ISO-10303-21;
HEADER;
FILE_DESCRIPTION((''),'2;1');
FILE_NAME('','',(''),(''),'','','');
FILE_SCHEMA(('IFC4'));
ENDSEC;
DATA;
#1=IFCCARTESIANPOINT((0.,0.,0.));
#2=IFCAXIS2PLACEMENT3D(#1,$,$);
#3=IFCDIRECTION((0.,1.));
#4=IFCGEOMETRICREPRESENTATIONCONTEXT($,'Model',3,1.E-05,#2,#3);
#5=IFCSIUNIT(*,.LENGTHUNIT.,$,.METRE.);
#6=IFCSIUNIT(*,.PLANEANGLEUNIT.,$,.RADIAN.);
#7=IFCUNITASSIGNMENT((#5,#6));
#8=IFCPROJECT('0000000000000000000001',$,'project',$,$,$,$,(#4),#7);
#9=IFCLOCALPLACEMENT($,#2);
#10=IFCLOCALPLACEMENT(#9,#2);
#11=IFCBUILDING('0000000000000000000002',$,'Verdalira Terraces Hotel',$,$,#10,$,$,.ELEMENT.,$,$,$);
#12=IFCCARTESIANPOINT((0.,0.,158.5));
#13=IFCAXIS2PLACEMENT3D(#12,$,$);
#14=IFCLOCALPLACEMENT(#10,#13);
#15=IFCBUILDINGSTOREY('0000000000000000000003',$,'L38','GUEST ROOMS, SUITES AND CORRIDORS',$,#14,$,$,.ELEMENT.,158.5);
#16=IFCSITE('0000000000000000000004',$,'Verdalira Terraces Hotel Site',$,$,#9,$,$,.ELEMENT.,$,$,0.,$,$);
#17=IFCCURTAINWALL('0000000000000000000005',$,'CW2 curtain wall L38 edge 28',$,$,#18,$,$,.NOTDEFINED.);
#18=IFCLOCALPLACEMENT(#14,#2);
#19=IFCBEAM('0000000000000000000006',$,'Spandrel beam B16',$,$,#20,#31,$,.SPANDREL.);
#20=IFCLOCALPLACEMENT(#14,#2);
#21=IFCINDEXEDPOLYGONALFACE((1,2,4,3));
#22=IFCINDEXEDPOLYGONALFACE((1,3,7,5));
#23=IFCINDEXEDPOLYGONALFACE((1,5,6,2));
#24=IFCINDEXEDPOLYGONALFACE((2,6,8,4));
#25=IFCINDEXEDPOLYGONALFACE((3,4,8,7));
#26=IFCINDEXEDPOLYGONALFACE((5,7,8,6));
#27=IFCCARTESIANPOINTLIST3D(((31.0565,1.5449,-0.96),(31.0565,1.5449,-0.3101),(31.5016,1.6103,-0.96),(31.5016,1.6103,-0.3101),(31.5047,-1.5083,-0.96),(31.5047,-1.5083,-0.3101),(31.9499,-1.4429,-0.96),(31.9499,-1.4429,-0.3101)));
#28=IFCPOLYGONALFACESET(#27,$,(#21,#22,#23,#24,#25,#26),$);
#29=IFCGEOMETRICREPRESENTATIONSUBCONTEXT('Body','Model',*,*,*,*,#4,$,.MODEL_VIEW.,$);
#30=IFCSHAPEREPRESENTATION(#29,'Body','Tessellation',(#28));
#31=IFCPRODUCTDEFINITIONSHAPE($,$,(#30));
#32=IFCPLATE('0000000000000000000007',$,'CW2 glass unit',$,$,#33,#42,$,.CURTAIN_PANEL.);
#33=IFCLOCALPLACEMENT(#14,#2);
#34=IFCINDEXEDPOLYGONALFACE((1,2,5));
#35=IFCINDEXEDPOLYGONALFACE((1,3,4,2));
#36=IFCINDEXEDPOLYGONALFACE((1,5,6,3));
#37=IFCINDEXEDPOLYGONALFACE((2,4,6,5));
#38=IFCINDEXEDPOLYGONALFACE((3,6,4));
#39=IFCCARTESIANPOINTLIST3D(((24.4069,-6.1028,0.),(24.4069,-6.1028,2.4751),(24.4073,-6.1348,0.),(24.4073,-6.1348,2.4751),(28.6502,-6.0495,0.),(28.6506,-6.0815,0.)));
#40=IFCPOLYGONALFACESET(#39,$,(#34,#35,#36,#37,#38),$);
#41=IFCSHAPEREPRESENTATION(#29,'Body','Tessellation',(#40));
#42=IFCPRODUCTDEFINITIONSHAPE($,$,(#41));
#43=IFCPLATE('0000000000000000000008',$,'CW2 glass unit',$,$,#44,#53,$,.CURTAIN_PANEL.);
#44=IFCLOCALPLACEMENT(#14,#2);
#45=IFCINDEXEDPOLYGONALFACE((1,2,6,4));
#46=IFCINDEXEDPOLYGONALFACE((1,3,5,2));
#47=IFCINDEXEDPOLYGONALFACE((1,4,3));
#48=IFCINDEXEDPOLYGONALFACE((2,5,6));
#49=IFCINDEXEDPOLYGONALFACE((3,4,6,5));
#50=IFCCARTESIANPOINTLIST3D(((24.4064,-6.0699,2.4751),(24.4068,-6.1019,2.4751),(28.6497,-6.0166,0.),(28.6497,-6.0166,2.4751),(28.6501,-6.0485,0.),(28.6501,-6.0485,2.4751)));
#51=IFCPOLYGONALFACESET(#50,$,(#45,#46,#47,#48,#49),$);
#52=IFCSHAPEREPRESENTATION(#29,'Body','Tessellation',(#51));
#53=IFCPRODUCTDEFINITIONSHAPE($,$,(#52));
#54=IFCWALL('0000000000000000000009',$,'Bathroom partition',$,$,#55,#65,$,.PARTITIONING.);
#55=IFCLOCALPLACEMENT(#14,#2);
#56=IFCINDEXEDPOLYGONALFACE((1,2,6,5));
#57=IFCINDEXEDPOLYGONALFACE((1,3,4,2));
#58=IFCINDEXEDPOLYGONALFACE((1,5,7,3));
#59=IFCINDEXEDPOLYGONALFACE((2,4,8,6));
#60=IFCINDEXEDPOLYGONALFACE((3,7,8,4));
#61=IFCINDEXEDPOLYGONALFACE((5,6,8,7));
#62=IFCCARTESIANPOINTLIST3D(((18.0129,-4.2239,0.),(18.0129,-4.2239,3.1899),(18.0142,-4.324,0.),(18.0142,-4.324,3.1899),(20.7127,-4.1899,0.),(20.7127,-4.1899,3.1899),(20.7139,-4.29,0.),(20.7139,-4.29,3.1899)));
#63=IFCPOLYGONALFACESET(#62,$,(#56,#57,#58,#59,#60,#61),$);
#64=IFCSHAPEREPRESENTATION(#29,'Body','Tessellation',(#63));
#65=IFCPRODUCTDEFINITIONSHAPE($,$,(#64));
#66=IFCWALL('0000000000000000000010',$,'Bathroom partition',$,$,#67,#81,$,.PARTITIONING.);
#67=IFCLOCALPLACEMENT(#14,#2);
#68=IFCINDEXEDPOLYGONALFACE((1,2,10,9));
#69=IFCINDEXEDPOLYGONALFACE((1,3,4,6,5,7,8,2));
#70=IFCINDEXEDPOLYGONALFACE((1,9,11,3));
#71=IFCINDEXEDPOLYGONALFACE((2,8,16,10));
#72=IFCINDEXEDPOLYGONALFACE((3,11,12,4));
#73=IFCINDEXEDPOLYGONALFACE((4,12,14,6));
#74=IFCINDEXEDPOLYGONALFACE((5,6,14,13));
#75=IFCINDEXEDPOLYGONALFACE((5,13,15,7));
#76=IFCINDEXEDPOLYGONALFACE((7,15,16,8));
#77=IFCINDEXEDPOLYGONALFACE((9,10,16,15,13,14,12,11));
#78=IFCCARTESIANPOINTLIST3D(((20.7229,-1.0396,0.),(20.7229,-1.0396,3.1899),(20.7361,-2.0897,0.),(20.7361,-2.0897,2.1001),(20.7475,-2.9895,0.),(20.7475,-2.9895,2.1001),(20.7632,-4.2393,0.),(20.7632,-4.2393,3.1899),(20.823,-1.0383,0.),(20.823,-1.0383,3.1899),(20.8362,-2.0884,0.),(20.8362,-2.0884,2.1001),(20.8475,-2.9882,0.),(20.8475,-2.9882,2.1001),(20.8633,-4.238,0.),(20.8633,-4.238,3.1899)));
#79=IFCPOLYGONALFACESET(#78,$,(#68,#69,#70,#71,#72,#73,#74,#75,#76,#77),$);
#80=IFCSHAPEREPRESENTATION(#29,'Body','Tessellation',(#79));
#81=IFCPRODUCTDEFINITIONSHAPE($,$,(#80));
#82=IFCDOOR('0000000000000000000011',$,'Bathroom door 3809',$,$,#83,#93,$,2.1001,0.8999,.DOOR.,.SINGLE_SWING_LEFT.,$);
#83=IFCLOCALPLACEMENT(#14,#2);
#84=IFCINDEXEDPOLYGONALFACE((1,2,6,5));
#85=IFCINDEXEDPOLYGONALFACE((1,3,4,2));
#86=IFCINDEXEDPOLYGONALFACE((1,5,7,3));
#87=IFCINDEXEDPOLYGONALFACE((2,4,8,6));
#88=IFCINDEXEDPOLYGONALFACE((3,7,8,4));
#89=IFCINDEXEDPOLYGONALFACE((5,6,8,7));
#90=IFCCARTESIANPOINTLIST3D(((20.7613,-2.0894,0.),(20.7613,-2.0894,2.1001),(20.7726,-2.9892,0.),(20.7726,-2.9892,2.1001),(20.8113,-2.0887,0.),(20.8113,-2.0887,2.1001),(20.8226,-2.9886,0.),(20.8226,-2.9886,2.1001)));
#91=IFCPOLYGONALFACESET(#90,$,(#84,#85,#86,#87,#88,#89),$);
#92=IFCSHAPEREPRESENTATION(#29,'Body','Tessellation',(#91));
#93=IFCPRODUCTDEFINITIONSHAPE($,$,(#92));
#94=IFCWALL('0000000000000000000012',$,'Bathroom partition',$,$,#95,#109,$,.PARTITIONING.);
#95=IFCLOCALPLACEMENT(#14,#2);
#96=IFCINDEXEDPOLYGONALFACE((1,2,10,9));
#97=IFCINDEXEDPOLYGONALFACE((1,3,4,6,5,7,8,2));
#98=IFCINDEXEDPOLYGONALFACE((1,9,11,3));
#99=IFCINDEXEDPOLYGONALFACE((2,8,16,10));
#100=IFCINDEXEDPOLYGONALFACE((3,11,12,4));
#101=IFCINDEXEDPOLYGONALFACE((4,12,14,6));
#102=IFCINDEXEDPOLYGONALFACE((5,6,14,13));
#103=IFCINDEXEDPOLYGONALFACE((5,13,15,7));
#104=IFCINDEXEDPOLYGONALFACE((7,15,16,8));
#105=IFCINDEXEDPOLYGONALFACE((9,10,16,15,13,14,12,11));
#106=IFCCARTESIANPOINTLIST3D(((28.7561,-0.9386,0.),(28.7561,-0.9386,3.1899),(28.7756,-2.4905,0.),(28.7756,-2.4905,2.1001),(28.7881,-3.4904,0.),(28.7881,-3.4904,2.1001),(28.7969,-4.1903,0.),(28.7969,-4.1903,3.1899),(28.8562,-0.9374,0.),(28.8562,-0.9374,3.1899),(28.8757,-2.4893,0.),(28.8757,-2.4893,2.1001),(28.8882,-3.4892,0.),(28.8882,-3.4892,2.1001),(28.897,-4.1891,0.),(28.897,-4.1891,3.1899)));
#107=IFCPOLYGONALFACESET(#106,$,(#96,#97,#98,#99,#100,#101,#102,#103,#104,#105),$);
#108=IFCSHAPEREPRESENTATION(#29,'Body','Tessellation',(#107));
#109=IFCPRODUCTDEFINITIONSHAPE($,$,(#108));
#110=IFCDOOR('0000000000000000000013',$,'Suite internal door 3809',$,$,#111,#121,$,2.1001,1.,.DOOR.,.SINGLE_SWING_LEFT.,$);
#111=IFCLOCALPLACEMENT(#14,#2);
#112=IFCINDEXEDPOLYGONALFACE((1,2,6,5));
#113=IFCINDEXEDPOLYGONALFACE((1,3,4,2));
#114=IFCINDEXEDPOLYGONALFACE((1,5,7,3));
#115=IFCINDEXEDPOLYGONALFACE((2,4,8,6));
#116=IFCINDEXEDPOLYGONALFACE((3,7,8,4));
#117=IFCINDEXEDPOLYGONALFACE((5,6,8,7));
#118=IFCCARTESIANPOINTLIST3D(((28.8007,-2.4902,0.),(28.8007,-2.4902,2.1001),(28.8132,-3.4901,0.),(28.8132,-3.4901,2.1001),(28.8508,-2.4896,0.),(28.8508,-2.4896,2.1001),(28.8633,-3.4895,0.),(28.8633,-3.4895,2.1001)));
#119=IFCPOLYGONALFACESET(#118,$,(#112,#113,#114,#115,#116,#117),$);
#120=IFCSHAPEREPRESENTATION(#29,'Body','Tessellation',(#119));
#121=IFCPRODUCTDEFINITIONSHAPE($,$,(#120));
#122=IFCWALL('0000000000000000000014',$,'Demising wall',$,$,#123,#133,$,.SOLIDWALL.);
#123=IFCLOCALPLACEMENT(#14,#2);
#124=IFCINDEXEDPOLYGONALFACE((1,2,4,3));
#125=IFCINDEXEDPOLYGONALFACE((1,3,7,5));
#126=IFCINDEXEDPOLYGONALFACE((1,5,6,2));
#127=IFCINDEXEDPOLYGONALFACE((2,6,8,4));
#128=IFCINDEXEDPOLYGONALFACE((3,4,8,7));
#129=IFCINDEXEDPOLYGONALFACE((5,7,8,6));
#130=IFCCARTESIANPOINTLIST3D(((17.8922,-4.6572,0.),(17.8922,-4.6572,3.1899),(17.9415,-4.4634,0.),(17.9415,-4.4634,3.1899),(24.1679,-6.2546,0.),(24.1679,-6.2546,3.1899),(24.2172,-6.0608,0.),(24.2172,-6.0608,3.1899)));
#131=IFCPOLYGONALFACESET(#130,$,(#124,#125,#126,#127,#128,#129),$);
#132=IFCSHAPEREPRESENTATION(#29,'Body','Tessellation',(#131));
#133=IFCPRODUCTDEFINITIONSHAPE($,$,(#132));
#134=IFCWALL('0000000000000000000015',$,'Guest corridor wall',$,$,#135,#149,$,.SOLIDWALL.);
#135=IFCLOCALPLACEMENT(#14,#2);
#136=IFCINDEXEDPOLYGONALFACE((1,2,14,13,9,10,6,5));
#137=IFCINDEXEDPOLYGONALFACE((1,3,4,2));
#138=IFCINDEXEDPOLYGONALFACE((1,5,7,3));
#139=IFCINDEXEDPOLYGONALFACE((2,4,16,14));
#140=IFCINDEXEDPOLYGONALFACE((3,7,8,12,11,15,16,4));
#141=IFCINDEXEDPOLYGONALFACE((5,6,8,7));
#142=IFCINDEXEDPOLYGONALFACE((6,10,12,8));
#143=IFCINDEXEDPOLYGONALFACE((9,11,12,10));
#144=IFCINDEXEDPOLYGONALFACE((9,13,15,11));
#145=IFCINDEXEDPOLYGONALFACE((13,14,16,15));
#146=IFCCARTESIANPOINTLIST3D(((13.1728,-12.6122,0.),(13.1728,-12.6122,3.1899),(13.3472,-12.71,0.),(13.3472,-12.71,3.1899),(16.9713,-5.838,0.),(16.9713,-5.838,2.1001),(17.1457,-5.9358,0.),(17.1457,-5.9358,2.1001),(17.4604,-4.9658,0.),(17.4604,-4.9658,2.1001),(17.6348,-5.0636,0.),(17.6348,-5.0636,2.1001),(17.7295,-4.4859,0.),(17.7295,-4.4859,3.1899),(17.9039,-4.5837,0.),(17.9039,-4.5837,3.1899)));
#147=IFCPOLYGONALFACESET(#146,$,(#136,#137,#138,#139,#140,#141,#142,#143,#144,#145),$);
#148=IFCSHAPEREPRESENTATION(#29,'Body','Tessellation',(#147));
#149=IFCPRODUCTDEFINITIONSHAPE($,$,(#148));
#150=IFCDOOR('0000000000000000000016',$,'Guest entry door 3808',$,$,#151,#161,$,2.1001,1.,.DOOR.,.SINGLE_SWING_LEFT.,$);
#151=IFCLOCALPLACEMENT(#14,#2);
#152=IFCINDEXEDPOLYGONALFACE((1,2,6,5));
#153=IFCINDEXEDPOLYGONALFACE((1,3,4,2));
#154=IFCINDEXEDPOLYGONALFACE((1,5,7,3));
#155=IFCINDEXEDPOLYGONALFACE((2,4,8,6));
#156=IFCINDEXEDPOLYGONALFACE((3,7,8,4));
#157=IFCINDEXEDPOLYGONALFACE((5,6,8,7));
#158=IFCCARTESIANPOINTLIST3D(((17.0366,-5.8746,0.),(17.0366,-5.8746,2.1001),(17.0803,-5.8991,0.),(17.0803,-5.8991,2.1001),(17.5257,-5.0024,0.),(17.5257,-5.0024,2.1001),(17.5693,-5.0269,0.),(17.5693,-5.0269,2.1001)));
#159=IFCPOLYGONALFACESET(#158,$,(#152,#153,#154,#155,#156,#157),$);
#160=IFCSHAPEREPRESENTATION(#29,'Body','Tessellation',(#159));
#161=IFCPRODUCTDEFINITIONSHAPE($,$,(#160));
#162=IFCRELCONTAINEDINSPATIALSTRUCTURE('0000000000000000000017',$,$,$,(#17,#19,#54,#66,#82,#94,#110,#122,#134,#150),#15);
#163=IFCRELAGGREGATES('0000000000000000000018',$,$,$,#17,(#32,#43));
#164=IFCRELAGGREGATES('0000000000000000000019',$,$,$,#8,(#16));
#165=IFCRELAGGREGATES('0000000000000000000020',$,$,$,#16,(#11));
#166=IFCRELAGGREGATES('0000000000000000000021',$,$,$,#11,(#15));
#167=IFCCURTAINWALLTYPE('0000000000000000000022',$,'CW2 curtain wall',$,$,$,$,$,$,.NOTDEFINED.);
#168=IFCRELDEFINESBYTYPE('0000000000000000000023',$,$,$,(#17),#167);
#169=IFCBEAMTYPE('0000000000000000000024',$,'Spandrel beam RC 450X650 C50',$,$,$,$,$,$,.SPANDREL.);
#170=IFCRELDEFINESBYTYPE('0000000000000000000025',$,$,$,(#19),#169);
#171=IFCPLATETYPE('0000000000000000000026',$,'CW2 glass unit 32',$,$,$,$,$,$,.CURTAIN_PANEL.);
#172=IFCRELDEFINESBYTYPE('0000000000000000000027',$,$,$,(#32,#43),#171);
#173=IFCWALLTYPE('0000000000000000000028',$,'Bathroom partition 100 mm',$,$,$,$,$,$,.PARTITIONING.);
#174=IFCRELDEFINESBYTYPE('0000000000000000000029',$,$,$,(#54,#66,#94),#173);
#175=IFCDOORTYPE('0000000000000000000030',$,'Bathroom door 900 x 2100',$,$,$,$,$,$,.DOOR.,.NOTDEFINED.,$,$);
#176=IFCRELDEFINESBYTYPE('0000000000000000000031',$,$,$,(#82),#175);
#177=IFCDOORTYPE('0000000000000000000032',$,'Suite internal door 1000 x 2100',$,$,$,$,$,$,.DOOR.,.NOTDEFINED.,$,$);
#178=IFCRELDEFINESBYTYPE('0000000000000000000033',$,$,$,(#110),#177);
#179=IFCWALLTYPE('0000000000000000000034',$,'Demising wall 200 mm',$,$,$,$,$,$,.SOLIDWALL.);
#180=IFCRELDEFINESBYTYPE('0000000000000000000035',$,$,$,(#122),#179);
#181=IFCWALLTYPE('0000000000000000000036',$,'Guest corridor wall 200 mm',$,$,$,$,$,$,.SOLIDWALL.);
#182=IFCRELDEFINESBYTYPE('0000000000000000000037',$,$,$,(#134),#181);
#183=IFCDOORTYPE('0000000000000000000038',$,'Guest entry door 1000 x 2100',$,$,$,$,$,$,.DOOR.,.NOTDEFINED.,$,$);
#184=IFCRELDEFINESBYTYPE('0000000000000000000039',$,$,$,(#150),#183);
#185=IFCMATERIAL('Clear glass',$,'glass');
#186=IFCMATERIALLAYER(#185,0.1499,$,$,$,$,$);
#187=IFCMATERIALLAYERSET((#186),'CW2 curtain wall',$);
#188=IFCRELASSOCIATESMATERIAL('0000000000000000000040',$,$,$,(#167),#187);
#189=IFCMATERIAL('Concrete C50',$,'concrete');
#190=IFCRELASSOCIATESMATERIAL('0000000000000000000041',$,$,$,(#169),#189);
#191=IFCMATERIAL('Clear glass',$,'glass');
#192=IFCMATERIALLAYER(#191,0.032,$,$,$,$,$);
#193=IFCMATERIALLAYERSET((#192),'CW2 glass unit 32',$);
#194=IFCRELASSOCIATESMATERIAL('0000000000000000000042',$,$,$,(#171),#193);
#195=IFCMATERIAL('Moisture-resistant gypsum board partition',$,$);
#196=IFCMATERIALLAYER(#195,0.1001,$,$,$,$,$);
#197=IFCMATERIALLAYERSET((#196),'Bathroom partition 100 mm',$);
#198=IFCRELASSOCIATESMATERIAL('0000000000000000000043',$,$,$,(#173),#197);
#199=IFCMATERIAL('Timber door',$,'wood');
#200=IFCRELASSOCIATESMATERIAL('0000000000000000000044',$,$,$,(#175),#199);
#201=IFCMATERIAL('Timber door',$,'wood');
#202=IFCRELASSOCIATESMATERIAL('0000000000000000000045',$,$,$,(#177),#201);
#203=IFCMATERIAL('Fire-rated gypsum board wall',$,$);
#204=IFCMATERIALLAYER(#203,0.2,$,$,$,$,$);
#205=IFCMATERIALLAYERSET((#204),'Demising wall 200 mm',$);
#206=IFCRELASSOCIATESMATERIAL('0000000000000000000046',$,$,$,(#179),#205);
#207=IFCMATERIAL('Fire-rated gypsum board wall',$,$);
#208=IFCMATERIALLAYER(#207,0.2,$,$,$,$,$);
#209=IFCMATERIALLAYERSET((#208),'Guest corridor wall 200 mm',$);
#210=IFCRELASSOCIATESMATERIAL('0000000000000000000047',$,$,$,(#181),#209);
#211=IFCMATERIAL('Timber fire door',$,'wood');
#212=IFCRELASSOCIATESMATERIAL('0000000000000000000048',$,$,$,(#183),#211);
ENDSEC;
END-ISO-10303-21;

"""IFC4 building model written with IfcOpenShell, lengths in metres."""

from ifc_helpers import new_model, si_unit, direction, frame, frame_2d, origin, origin_2d, place, context, subcontext, project, spatial, polyline, rectangle, outline, extrude, material, layer, layer_set, material_profile, profile_set, type_object, element, fill, aggregate, save


model = new_model("IFC4")

# Units and contexts
model_context = context("Model", 3, precision=1e-05, world=origin(), true_north=direction((0.0, 1.0)))
body_context = subcontext(model_context, "Body", "Model", "MODEL_VIEW")
ifc_project = project(units=[si_unit("LENGTHUNIT", "METRE"), si_unit("PLANEANGLEUNIT", "RADIAN")], contexts=[model_context])

# Site, building, storey
site_placement = place(None, origin())
site = spatial("IfcSite", under=ifc_project, at=site_placement, Name="Verdalira Terraces Hotel Site", CompositionType="ELEMENT", RefElevation=0.0)
building_placement = place(site_placement, origin())
building = spatial("IfcBuilding", under=site, at=building_placement, Name="Verdalira Terraces Hotel", CompositionType="ELEMENT")
storey_placement = place(building_placement, frame((0.0, 0.0, 158.5)))
storey = spatial("IfcBuildingStorey", under=building, at=storey_placement, Name="L38", Description="GUEST ROOMS, SUITES AND CORRIDORS", CompositionType="ELEMENT", Elevation=158.5)

# Curtain wall
ifc_material_1 = material(Name="Clear glass", Category="glass")
ifc_layer_1 = layer(ifc_material_1, 0.1499)
ifc_layer_set_1 = layer_set([ifc_layer_1], Name="CW2 curtain wall")
curtain_wall_type_1 = type_object("IfcCurtainWallType", Name="CW2 curtain wall", PredefinedType="NOTDEFINED", material=ifc_layer_set_1)
curtain_wall_1_placement = place(storey_placement, origin())
curtain_wall_1 = element("IfcCurtainWall", 1, at=curtain_wall_1_placement, inside=storey, type_object=curtain_wall_type_1, Name="CW2 curtain wall L38 edge 28", PredefinedType="NOTDEFINED")

# Beam
ifc_material_2 = material(Name="Concrete C50", Category="concrete")
ifc_material_profile_1 = material_profile(ifc_material_2, rectangle(XDim=0.45, YDim=0.6499, at=origin_2d()), Name="RC 450X650")
ifc_profile_set_1 = profile_set([ifc_material_profile_1], Name="Concrete C50")
beam_type_1 = type_object("IfcBeamType", Name="Spandrel beam RC 450X650 C50", PredefinedType="SPANDREL", material=ifc_profile_set_1)
beam_1_placement = place(storey_placement, frame((31.7273, -1.4756, -0.635), z_axis=(-0.145253, 0.989395, 0.0), x_axis=(-0.989395, -0.145253, 0.0)))
element("IfcBeam", 2, at=beam_1_placement, inside=storey, type_object=beam_type_1, Name="Spandrel beam B16", PredefinedType="SPANDREL", context=body_context, shape_type="SweptSolid", body=[
    extrude(rectangle(XDim=0.45, YDim=0.6499, at=origin_2d()), origin(), (0.0, 0.0, 1.0), 3.0859),
])

# Plates
ifc_material_3 = material(Name="Clear glass", Category="glass")
ifc_layer_2 = layer(ifc_material_3, 0.032)
ifc_layer_set_2 = layer_set([ifc_layer_2], Name="CW2 glass unit 32")
plate_type = type_object("IfcPlateType", Name="CW2 glass unit 32", PredefinedType="CURTAIN_PANEL", material=ifc_layer_set_2)
plate_1_placement = place(storey_placement, frame((26.5286, -6.0762, 1.2375), z_axis=(0.012566, -0.999921, 0.0), x_axis=(0.999921, 0.012566, 0.0)))
plate_1 = element("IfcPlate", 3, at=plate_1_placement, type_object=plate_type, Name="CW2 glass unit", PredefinedType="CURTAIN_PANEL", context=body_context, shape_type="SweptSolid", body=[
    extrude(outline(polyline([(-2.1218, -1.2375), (2.1218, -1.2375), (-2.1218, 1.2375), (-2.1218, -1.2375)])), origin(), (0.0, 0.0, 1.0), 0.032),
])
plate_2_placement = place(storey_placement, frame((26.5281, -6.0432, 1.2375), z_axis=(0.012566, -0.999921, 0.0), x_axis=(0.999921, 0.012566, 0.0)))
plate_2 = element("IfcPlate", 4, at=plate_2_placement, type_object=plate_type, Name="CW2 glass unit", PredefinedType="CURTAIN_PANEL", context=body_context, shape_type="SweptSolid", body=[
    extrude(outline(polyline([(2.1218, -1.2375), (2.1218, 1.2375), (-2.1218, 1.2375), (2.1218, -1.2375)])), origin(), (0.0, 0.0, 1.0), 0.032),
])
aggregate(curtain_wall_1, [plate_1, plate_2])

# Wall
ifc_material_4 = material(Name="Moisture-resistant gypsum board partition")
ifc_layer_3 = layer(ifc_material_4, 0.1001)
ifc_layer_set_3 = layer_set([ifc_layer_3], Name="Bathroom partition 100 mm")
wall_type_1 = type_object("IfcWallType", Name="Bathroom partition 100 mm", PredefinedType="PARTITIONING", material=ifc_layer_set_3)
wall_1_placement = place(storey_placement, frame((18.0134, -4.2739, 0.0), z_axis=(0.0, 0.0, 1.0), x_axis=(0.999921, 0.012569, 0.0)))
element("IfcWall", 5, at=wall_1_placement, inside=storey, type_object=wall_type_1, Name="Bathroom partition", PredefinedType="PARTITIONING", context=body_context, shape_type="SweptSolid", body=[
    extrude(rectangle(XDim=2.7, YDim=0.1001, at=frame_2d((1.3501, 0.0))), origin(), (0.0, 0.0, 1.0), 3.1899),
])

# Walls, openings, doors
wall_2_placement = place(storey_placement, frame((20.8132, -4.2388, 0.0), z_axis=(0.0, 0.0, 1.0), x_axis=(-0.012589, 0.999921, 0.0)))
wall_2 = element("IfcWall", 6, at=wall_2_placement, inside=storey, type_object=wall_type_1, Name="Bathroom partition", PredefinedType="PARTITIONING", context=body_context, shape_type="SweptSolid", body=[
    extrude(rectangle(XDim=3.2, YDim=0.1001, at=frame_2d((1.6001, 0.0))), origin(), (0.0, 0.0, 1.0), 3.1899),
])
opening_1_placement = place(wall_2_placement, frame((1.25, 0.0, 0.0)))
opening_1 = element("IfcOpeningElement", 7, at=opening_1_placement, cuts=wall_2, PredefinedType="OPENING", context=body_context, shape_type="SweptSolid", body=[
    extrude(rectangle(XDim=0.8999, YDim=2.1001, at=frame_2d((0.45, 1.05))), frame((0.0, 0.0601, 0.0), z_axis=(0.0, -1.0, 0.0), x_axis=(1.0, 0.0, 0.0)), (0.0, 0.0, 1.0), 0.1201),
])
ifc_material_5 = material(Name="Timber door", Category="wood")
door_type_1 = type_object("IfcDoorType", Name="Bathroom door 900 x 2100", OperationType="NOTDEFINED", PredefinedType="DOOR", material=ifc_material_5)
door_1_placement = place(opening_1_placement, origin())
door_1 = element("IfcDoor", 8, at=door_1_placement, inside=storey, type_object=door_type_1, Name="Bathroom door 3809", OperationType="SINGLE_SWING_LEFT", OverallHeight=2.1001, OverallWidth=0.8999, PredefinedType="DOOR", context=body_context, shape_type="SweptSolid", body=[
    extrude(rectangle(XDim=0.8999, YDim=2.1001, at=frame_2d((0.45, 1.05))), frame((0.0, 0.0249, 0.0), z_axis=(0.0, -1.0, 0.0), x_axis=(1.0, 0.0, 0.0)), (0.0, 0.0, 1.0), 0.05),
])
fill(opening_1, door_1)
wall_3_placement = place(storey_placement, frame((28.8469, -4.1897, 0.0), z_axis=(0.0, 0.0, 1.0), x_axis=(-0.012537, 0.999921, 0.0)))
wall_3 = element("IfcWall", 9, at=wall_3_placement, inside=storey, type_object=wall_type_1, Name="Bathroom partition", PredefinedType="PARTITIONING", context=body_context, shape_type="SweptSolid", body=[
    extrude(rectangle(XDim=3.252, YDim=0.1001, at=frame_2d((1.626, 0.0))), origin(), (0.0, 0.0, 1.0), 3.1899),
])
opening_2_placement = place(wall_3_placement, frame((0.7, 0.0, 0.0)))
opening_2 = element("IfcOpeningElement", 10, at=opening_2_placement, cuts=wall_3, PredefinedType="OPENING", context=body_context, shape_type="SweptSolid", body=[
    extrude(rectangle(XDim=1.0, YDim=2.1001, at=frame_2d((0.5, 1.05))), frame((0.0, 0.0601, 0.0), z_axis=(0.0, -1.0, 0.0), x_axis=(1.0, 0.0, 0.0)), (0.0, 0.0, 1.0), 0.1201),
])
ifc_material_6 = material(Name="Timber door", Category="wood")
door_type_2 = type_object("IfcDoorType", Name="Suite internal door 1000 x 2100", OperationType="NOTDEFINED", PredefinedType="DOOR", material=ifc_material_6)
door_2_placement = place(opening_2_placement, origin())
door_2 = element("IfcDoor", 11, at=door_2_placement, inside=storey, type_object=door_type_2, Name="Suite internal door 3809", OperationType="SINGLE_SWING_LEFT", OverallHeight=2.1001, OverallWidth=1.0, PredefinedType="DOOR", context=body_context, shape_type="SweptSolid", body=[
    extrude(rectangle(XDim=1.0, YDim=2.1001, at=frame_2d((0.5, 1.05))), frame((0.0, 0.0249, 0.0), z_axis=(0.0, -1.0, 0.0), x_axis=(1.0, 0.0, 0.0)), (0.0, 0.0, 1.0), 0.05),
])
fill(opening_2, door_2)

# Wall
ifc_material_7 = material(Name="Fire-rated gypsum board wall")
ifc_layer_4 = layer(ifc_material_7, 0.2)
ifc_layer_set_4 = layer_set([ifc_layer_4], Name="Demising wall 200 mm")
wall_type_2 = type_object("IfcWallType", Name="Demising wall 200 mm", PredefinedType="SOLIDWALL", material=ifc_layer_set_4)
wall_4_placement = place(storey_placement, frame((17.917, -4.5603, 0.0), z_axis=(0.0, 0.0, 1.0), x_axis=(0.969098, -0.246676, 0.0)))
element("IfcWall", 12, at=wall_4_placement, inside=storey, type_object=wall_type_2, Name="Demising wall", PredefinedType="SOLIDWALL", context=body_context, shape_type="SweptSolid", body=[
    extrude(rectangle(XDim=6.4758, YDim=0.2, at=frame_2d((3.2378, 0.0))), origin(), (0.0, 0.0, 1.0), 3.1899),
])

# Wall, opening, door
ifc_material_8 = material(Name="Fire-rated gypsum board wall")
ifc_layer_5 = layer(ifc_material_8, 0.2)
ifc_layer_set_5 = layer_set([ifc_layer_5], Name="Guest corridor wall 200 mm")
wall_type_3 = type_object("IfcWallType", Name="Guest corridor wall 200 mm", PredefinedType="SOLIDWALL", material=ifc_layer_set_5)
wall_5_placement = place(storey_placement, frame((17.8166, -4.5349, 0.0), z_axis=(0.0, 0.0, 1.0), x_axis=(-0.48909, -0.872233, 0.0)))
wall_5 = element("IfcWall", 13, at=wall_5_placement, inside=storey, type_object=wall_type_3, Name="Guest corridor wall", PredefinedType="SOLIDWALL", context=body_context, shape_type="SweptSolid", body=[
    extrude(rectangle(XDim=9.3166, YDim=0.2, at=frame_2d((4.6582, 0.0))), origin(), (0.0, 0.0, 1.0), 3.1899),
])
opening_3_placement = place(wall_5_placement, frame((0.55, 0.0, 0.0)))
opening_3 = element("IfcOpeningElement", 14, at=opening_3_placement, cuts=wall_5, PredefinedType="OPENING", context=body_context, shape_type="SweptSolid", body=[
    extrude(rectangle(XDim=1.0, YDim=2.1001, at=frame_2d((0.5, 1.05))), frame((0.0, 0.1099, 0.0), z_axis=(0.0, -1.0, 0.0), x_axis=(1.0, 0.0, 0.0)), (0.0, 0.0, 1.0), 0.22),
])
ifc_material_9 = material(Name="Timber fire door", Category="wood")
door_type_3 = type_object("IfcDoorType", Name="Guest entry door 1000 x 2100", OperationType="NOTDEFINED", PredefinedType="DOOR", material=ifc_material_9)
door_3_placement = place(opening_3_placement, origin())
door_3 = element("IfcDoor", 15, at=door_3_placement, inside=storey, type_object=door_type_3, Name="Guest entry door 3808", OperationType="SINGLE_SWING_LEFT", OverallHeight=2.1001, OverallWidth=1.0, PredefinedType="DOOR", context=body_context, shape_type="SweptSolid", body=[
    extrude(rectangle(XDim=1.0, YDim=2.1001, at=frame_2d((0.5, 1.05))), frame((0.0, 0.0249, 0.0), z_axis=(0.0, -1.0, 0.0), x_axis=(1.0, 0.0, 0.0)), (0.0, 0.0, 1.0), 0.05),
])
fill(opening_3, door_3)

save(model, "model.ifc")
